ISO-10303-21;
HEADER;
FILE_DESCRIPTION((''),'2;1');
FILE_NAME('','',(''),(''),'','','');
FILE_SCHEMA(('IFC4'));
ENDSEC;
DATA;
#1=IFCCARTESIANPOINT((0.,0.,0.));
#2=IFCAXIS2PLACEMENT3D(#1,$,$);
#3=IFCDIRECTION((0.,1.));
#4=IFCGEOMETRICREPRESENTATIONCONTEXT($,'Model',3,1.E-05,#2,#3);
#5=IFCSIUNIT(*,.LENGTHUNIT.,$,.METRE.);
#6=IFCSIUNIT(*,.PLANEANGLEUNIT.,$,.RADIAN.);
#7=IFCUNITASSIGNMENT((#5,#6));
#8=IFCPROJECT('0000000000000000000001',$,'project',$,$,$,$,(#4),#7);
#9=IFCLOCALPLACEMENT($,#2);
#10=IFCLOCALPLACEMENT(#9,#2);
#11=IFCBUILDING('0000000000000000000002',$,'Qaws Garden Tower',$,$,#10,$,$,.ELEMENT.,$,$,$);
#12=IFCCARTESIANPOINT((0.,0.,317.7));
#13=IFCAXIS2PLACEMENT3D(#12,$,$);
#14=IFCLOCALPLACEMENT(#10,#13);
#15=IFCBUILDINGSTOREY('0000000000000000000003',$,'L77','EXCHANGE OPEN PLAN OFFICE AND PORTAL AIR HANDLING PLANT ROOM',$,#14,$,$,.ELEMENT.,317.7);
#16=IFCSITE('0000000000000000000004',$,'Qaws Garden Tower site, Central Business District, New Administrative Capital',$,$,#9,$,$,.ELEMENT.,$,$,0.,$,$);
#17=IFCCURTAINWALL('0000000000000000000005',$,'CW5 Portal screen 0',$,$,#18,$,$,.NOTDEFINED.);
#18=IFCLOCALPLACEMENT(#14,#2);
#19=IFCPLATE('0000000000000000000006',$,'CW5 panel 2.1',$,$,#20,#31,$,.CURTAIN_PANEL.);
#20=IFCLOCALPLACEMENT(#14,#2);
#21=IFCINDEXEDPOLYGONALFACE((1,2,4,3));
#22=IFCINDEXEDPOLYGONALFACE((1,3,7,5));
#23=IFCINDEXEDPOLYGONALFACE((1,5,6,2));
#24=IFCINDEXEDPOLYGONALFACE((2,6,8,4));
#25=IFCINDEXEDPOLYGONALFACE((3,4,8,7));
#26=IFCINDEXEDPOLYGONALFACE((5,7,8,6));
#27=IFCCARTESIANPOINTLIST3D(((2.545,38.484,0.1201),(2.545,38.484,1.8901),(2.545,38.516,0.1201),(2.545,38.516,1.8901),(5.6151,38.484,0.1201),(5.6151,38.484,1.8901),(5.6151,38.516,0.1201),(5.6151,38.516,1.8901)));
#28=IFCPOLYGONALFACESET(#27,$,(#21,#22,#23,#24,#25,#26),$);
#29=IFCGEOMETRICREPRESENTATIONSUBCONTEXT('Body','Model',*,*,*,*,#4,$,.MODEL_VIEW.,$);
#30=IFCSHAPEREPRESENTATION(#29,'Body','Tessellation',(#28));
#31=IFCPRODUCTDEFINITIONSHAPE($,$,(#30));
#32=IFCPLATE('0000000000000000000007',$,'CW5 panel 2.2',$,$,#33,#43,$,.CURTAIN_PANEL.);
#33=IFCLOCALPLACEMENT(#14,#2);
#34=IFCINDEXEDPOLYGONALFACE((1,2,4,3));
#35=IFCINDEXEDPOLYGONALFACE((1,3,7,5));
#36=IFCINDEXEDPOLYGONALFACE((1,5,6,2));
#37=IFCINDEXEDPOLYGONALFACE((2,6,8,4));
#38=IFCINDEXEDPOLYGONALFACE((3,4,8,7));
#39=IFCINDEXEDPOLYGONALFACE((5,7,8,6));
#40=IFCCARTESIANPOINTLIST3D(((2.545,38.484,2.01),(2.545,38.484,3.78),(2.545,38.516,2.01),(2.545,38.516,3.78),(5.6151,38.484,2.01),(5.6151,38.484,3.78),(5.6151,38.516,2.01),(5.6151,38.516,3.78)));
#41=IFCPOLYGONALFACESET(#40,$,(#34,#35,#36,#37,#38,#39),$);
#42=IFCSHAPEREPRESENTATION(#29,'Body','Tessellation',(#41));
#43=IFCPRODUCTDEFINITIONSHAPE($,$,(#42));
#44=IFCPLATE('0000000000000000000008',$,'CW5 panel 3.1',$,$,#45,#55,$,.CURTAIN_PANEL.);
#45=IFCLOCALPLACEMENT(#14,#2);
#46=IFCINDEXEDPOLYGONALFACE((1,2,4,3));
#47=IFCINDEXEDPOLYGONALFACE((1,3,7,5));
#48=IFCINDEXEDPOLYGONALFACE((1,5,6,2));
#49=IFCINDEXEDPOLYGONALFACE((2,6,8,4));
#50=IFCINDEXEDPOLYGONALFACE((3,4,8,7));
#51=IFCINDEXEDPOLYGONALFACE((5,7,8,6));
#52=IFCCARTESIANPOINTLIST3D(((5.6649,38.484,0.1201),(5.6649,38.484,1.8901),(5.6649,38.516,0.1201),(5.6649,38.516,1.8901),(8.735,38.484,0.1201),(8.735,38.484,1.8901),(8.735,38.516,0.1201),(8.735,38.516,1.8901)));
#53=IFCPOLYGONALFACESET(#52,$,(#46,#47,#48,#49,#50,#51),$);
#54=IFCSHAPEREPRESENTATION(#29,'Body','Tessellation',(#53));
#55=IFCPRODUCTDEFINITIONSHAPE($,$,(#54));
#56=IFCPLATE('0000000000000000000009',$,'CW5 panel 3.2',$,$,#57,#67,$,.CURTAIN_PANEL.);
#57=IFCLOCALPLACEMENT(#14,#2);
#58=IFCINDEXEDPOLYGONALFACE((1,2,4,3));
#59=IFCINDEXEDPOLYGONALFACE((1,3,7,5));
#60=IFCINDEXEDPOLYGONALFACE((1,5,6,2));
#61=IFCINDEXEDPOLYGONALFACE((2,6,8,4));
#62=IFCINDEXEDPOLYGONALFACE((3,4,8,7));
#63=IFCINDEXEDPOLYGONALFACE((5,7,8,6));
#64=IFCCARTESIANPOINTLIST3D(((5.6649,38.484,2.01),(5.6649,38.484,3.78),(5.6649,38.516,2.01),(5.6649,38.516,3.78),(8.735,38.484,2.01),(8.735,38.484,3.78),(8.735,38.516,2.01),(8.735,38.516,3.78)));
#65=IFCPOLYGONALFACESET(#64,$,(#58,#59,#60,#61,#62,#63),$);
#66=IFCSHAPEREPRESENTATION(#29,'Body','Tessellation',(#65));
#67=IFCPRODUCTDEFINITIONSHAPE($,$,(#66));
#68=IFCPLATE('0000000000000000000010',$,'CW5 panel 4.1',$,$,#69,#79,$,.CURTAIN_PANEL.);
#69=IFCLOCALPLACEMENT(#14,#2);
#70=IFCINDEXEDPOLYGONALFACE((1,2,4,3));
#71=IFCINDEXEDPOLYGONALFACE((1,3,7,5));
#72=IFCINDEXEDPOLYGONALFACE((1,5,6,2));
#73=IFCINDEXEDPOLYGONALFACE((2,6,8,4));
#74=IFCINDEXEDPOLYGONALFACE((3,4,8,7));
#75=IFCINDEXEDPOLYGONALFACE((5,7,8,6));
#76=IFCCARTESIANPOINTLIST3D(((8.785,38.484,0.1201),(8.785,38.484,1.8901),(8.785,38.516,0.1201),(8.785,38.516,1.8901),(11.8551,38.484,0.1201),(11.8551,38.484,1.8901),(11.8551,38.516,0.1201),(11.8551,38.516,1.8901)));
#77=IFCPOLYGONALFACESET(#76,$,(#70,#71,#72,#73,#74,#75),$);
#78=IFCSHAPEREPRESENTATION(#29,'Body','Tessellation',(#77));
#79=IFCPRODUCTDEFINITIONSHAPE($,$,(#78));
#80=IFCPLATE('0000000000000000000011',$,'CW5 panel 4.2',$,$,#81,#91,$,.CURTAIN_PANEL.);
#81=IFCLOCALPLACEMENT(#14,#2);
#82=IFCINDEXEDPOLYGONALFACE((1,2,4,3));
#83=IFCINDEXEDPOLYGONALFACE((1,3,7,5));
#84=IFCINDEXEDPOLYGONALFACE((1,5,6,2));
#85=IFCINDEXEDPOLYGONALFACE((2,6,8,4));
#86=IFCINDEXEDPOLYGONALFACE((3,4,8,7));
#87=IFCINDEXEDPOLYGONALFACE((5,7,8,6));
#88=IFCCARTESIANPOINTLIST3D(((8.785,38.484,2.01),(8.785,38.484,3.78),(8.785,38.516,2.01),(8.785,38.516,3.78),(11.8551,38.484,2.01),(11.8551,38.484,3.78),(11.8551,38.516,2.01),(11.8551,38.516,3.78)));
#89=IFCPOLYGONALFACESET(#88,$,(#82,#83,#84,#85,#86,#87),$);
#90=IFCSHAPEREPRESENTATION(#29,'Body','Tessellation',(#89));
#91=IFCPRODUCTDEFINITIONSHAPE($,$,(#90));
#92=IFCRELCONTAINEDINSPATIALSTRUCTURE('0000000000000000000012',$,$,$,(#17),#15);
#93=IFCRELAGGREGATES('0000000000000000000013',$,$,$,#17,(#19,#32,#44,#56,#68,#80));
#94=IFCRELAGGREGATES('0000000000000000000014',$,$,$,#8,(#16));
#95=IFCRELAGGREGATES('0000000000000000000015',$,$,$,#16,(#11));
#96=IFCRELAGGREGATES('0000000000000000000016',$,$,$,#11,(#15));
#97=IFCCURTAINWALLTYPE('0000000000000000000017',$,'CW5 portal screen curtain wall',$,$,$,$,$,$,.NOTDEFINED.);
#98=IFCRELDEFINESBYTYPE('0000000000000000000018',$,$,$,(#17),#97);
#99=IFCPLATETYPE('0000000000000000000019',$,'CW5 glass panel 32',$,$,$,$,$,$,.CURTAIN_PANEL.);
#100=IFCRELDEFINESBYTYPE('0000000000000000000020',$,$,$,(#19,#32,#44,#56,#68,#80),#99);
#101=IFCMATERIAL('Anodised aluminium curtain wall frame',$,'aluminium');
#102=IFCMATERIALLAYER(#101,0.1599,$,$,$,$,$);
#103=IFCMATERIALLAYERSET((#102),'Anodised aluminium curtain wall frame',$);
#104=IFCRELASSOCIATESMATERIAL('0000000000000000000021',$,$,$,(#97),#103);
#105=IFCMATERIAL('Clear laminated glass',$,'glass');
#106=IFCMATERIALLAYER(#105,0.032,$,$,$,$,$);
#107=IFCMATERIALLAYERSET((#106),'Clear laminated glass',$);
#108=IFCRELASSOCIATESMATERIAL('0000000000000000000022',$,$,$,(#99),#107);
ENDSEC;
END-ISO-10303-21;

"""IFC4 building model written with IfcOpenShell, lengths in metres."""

from ifc_helpers import new_model, si_unit, direction, frame, origin, origin_2d, place, context, subcontext, project, spatial, rectangle, extrude, material, layer, layer_set, type_object, element, aggregate, save


model = new_model("IFC4")

# Units and contexts
model_context = context("Model", 3, precision=1e-05, world=origin(), true_north=direction((0.0, 1.0)))
body_context = subcontext(model_context, "Body", "Model", "MODEL_VIEW")
ifc_project = project(units=[si_unit("LENGTHUNIT", "METRE"), si_unit("PLANEANGLEUNIT", "RADIAN")], contexts=[model_context])

# Site, building, storey
site_placement = place(None, origin())
site = spatial("IfcSite", under=ifc_project, at=site_placement, Name="Qaws Garden Tower site, Central Business District, New Administrative Capital", CompositionType="ELEMENT", RefElevation=0.0)
building_placement = place(site_placement, origin())
building = spatial("IfcBuilding", under=site, at=building_placement, Name="Qaws Garden Tower", CompositionType="ELEMENT")
storey_placement = place(building_placement, frame((0.0, 0.0, 317.7)))
storey = spatial("IfcBuildingStorey", under=building, at=storey_placement, Name="L77", Description="EXCHANGE OPEN PLAN OFFICE AND PORTAL AIR HANDLING PLANT ROOM", CompositionType="ELEMENT", Elevation=317.7)

# Curtain wall, plates
ifc_material_1 = material(Name="Anodised aluminium curtain wall frame", Category="aluminium")
ifc_layer_1 = layer(ifc_material_1, 0.1599)
ifc_layer_set_1 = layer_set([ifc_layer_1], Name="Anodised aluminium curtain wall frame")
curtain_wall_type = type_object("IfcCurtainWallType", Name="CW5 portal screen curtain wall", PredefinedType="NOTDEFINED", material=ifc_layer_set_1)
curtain_wall_placement = place(storey_placement, origin())
curtain_wall = element("IfcCurtainWall", 1, at=curtain_wall_placement, inside=storey, type_object=curtain_wall_type, Name="CW5 Portal screen 0", PredefinedType="NOTDEFINED")
ifc_material_2 = material(Name="Clear laminated glass", Category="glass")
ifc_layer_2 = layer(ifc_material_2, 0.032)
ifc_layer_set_2 = layer_set([ifc_layer_2], Name="Clear laminated glass")
plate_type = type_object("IfcPlateType", Name="CW5 glass panel 32", PredefinedType="CURTAIN_PANEL", material=ifc_layer_set_2)
plate_1_placement = place(storey_placement, frame((4.0801, 38.5, 0.1201), z_axis=(0.0, 0.0, 1.0), x_axis=(1.0, 0.0, 0.0)))
plate_1 = element("IfcPlate", 2, at=plate_1_placement, type_object=plate_type, Name="CW5 panel 2.1", PredefinedType="CURTAIN_PANEL", context=body_context, shape_type="SweptSolid", body=[
    extrude(rectangle(XDim=3.0701, YDim=0.032, at=origin_2d()), origin(), (0.0, 0.0, 1.0), 1.77),
])
plate_2_placement = place(storey_placement, frame((4.0801, 38.5, 2.01), z_axis=(0.0, 0.0, 1.0), x_axis=(1.0, 0.0, 0.0)))
plate_2 = element("IfcPlate", 3, at=plate_2_placement, type_object=plate_type, Name="CW5 panel 2.2", PredefinedType="CURTAIN_PANEL", context=body_context, shape_type="SweptSolid", body=[
    extrude(rectangle(XDim=3.0701, YDim=0.032, at=origin_2d()), origin(), (0.0, 0.0, 1.0), 1.77),
])
plate_3_placement = place(storey_placement, frame((7.2, 38.5, 0.1201), z_axis=(0.0, 0.0, 1.0), x_axis=(1.0, 0.0, 0.0)))
plate_3 = element("IfcPlate", 4, at=plate_3_placement, type_object=plate_type, Name="CW5 panel 3.1", PredefinedType="CURTAIN_PANEL", context=body_context, shape_type="SweptSolid", body=[
    extrude(rectangle(XDim=3.0701, YDim=0.032, at=origin_2d()), origin(), (0.0, 0.0, 1.0), 1.77),
])
plate_4_placement = place(storey_placement, frame((7.2, 38.5, 2.01), z_axis=(0.0, 0.0, 1.0), x_axis=(1.0, 0.0, 0.0)))
plate_4 = element("IfcPlate", 5, at=plate_4_placement, type_object=plate_type, Name="CW5 panel 3.2", PredefinedType="CURTAIN_PANEL", context=body_context, shape_type="SweptSolid", body=[
    extrude(rectangle(XDim=3.0701, YDim=0.032, at=origin_2d()), origin(), (0.0, 0.0, 1.0), 1.77),
])
plate_5_placement = place(storey_placement, frame((10.3201, 38.5, 0.1201), z_axis=(0.0, 0.0, 1.0), x_axis=(1.0, 0.0, 0.0)))
plate_5 = element("IfcPlate", 6, at=plate_5_placement, type_object=plate_type, Name="CW5 panel 4.1", PredefinedType="CURTAIN_PANEL", context=body_context, shape_type="SweptSolid", body=[
    extrude(rectangle(XDim=3.0701, YDim=0.032, at=origin_2d()), origin(), (0.0, 0.0, 1.0), 1.77),
])
plate_6_placement = place(storey_placement, frame((10.3201, 38.5, 2.01), z_axis=(0.0, 0.0, 1.0), x_axis=(1.0, 0.0, 0.0)))
plate_6 = element("IfcPlate", 7, at=plate_6_placement, type_object=plate_type, Name="CW5 panel 4.2", PredefinedType="CURTAIN_PANEL", context=body_context, shape_type="SweptSolid", body=[
    extrude(rectangle(XDim=3.0701, YDim=0.032, at=origin_2d()), origin(), (0.0, 0.0, 1.0), 1.77),
])
aggregate(curtain_wall, [plate_1, plate_2, plate_3, plate_4, plate_5, plate_6])

save(model, "model.ifc")
